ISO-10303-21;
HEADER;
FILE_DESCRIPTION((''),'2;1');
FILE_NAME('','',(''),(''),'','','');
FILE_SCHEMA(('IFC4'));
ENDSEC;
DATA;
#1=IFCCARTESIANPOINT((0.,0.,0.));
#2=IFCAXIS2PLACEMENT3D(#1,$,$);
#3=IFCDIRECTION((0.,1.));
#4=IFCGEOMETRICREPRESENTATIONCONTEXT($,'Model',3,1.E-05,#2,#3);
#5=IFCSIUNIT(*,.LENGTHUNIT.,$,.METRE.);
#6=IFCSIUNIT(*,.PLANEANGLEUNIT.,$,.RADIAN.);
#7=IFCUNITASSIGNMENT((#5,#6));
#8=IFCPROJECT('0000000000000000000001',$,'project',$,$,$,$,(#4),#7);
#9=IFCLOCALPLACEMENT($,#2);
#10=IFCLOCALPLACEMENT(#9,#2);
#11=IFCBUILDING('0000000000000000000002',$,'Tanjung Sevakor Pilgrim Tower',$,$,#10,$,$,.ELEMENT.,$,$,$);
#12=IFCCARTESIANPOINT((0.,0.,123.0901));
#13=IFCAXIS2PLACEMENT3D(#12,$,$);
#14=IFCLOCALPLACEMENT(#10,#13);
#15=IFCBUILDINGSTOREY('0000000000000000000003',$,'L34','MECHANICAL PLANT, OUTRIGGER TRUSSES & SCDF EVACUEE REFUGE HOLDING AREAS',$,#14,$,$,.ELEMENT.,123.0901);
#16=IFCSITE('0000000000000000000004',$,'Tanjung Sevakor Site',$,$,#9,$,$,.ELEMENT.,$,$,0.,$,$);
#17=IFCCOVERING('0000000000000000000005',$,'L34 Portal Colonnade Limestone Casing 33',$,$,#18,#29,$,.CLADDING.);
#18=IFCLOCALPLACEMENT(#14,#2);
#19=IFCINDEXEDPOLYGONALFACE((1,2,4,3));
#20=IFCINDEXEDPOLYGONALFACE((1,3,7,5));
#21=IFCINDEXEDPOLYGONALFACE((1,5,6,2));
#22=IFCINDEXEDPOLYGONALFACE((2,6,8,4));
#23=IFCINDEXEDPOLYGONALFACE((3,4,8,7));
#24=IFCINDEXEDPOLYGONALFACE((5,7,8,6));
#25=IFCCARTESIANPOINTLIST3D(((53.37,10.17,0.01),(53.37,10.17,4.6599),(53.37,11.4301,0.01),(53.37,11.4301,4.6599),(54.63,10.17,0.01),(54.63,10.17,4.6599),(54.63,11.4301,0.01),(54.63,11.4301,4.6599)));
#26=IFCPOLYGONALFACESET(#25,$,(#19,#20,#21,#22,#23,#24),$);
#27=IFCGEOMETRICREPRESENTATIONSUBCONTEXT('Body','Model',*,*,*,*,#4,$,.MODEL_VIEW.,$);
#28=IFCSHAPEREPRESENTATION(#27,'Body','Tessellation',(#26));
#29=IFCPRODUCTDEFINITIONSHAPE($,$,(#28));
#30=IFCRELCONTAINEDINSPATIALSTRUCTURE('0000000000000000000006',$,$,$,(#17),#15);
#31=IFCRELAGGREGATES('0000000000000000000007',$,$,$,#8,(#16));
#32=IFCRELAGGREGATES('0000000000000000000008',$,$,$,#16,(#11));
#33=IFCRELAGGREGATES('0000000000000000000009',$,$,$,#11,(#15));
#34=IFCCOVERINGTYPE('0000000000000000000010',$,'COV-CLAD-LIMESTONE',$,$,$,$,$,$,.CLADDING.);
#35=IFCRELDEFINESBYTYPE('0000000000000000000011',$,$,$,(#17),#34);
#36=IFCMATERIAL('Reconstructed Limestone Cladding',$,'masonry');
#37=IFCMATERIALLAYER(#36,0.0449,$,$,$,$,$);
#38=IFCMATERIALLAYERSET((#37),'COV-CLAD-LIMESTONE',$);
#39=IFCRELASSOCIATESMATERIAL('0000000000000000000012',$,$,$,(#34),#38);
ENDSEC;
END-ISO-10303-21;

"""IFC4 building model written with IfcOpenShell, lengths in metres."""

from ifc_helpers import new_model, si_unit, direction, frame, origin, origin_2d, place, context, subcontext, project, spatial, rectangle, extrude, material, layer, layer_set, type_object, element, save


model = new_model("IFC4")

# Units and contexts
model_context = context("Model", 3, precision=1e-05, world=origin(), true_north=direction((0.0, 1.0)))
body_context = subcontext(model_context, "Body", "Model", "MODEL_VIEW")
ifc_project = project(units=[si_unit("LENGTHUNIT", "METRE"), si_unit("PLANEANGLEUNIT", "RADIAN")], contexts=[model_context])

# Site, building, storey
site_placement = place(None, origin())
site = spatial("IfcSite", under=ifc_project, at=site_placement, Name="Tanjung Sevakor Site", CompositionType="ELEMENT", RefElevation=0.0)
building_placement = place(site_placement, origin())
building = spatial("IfcBuilding", under=site, at=building_placement, Name="Tanjung Sevakor Pilgrim Tower", CompositionType="ELEMENT")
storey_placement = place(building_placement, frame((0.0, 0.0, 123.0901)))
storey = spatial("IfcBuildingStorey", under=building, at=storey_placement, Name="L34", Description="MECHANICAL PLANT, OUTRIGGER TRUSSES & SCDF EVACUEE REFUGE HOLDING AREAS", CompositionType="ELEMENT", Elevation=123.0901)

# Covering
ifc_material_1 = material(Name="Reconstructed Limestone Cladding", Category="masonry")
ifc_layer = layer(ifc_material_1, 0.0449)
ifc_layer_set = layer_set([ifc_layer], Name="COV-CLAD-LIMESTONE")
covering_type = type_object("IfcCoveringType", Name="COV-CLAD-LIMESTONE", PredefinedType="CLADDING", material=ifc_layer_set)
for number, where, z_axis, x_axis, name in (
    (1, (54.0, 10.8, 0.01), (0.0, 0.0, 1.0), (1.0, 0.0, 0.0), "L34 Portal Colonnade Limestone Casing 33"),
):
    element("IfcCovering", number, at=place(storey_placement, frame(where, z_axis=z_axis, x_axis=x_axis)), inside=storey, type_object=covering_type, Name=name, PredefinedType="CLADDING", context=body_context, shape_type="SweptSolid", body=[
        extrude(rectangle(XDim=1.26, YDim=1.26, at=origin_2d()), origin(), (0.0, 0.0, 1.0), 4.6499),
    ])

save(model, "model.ifc")
